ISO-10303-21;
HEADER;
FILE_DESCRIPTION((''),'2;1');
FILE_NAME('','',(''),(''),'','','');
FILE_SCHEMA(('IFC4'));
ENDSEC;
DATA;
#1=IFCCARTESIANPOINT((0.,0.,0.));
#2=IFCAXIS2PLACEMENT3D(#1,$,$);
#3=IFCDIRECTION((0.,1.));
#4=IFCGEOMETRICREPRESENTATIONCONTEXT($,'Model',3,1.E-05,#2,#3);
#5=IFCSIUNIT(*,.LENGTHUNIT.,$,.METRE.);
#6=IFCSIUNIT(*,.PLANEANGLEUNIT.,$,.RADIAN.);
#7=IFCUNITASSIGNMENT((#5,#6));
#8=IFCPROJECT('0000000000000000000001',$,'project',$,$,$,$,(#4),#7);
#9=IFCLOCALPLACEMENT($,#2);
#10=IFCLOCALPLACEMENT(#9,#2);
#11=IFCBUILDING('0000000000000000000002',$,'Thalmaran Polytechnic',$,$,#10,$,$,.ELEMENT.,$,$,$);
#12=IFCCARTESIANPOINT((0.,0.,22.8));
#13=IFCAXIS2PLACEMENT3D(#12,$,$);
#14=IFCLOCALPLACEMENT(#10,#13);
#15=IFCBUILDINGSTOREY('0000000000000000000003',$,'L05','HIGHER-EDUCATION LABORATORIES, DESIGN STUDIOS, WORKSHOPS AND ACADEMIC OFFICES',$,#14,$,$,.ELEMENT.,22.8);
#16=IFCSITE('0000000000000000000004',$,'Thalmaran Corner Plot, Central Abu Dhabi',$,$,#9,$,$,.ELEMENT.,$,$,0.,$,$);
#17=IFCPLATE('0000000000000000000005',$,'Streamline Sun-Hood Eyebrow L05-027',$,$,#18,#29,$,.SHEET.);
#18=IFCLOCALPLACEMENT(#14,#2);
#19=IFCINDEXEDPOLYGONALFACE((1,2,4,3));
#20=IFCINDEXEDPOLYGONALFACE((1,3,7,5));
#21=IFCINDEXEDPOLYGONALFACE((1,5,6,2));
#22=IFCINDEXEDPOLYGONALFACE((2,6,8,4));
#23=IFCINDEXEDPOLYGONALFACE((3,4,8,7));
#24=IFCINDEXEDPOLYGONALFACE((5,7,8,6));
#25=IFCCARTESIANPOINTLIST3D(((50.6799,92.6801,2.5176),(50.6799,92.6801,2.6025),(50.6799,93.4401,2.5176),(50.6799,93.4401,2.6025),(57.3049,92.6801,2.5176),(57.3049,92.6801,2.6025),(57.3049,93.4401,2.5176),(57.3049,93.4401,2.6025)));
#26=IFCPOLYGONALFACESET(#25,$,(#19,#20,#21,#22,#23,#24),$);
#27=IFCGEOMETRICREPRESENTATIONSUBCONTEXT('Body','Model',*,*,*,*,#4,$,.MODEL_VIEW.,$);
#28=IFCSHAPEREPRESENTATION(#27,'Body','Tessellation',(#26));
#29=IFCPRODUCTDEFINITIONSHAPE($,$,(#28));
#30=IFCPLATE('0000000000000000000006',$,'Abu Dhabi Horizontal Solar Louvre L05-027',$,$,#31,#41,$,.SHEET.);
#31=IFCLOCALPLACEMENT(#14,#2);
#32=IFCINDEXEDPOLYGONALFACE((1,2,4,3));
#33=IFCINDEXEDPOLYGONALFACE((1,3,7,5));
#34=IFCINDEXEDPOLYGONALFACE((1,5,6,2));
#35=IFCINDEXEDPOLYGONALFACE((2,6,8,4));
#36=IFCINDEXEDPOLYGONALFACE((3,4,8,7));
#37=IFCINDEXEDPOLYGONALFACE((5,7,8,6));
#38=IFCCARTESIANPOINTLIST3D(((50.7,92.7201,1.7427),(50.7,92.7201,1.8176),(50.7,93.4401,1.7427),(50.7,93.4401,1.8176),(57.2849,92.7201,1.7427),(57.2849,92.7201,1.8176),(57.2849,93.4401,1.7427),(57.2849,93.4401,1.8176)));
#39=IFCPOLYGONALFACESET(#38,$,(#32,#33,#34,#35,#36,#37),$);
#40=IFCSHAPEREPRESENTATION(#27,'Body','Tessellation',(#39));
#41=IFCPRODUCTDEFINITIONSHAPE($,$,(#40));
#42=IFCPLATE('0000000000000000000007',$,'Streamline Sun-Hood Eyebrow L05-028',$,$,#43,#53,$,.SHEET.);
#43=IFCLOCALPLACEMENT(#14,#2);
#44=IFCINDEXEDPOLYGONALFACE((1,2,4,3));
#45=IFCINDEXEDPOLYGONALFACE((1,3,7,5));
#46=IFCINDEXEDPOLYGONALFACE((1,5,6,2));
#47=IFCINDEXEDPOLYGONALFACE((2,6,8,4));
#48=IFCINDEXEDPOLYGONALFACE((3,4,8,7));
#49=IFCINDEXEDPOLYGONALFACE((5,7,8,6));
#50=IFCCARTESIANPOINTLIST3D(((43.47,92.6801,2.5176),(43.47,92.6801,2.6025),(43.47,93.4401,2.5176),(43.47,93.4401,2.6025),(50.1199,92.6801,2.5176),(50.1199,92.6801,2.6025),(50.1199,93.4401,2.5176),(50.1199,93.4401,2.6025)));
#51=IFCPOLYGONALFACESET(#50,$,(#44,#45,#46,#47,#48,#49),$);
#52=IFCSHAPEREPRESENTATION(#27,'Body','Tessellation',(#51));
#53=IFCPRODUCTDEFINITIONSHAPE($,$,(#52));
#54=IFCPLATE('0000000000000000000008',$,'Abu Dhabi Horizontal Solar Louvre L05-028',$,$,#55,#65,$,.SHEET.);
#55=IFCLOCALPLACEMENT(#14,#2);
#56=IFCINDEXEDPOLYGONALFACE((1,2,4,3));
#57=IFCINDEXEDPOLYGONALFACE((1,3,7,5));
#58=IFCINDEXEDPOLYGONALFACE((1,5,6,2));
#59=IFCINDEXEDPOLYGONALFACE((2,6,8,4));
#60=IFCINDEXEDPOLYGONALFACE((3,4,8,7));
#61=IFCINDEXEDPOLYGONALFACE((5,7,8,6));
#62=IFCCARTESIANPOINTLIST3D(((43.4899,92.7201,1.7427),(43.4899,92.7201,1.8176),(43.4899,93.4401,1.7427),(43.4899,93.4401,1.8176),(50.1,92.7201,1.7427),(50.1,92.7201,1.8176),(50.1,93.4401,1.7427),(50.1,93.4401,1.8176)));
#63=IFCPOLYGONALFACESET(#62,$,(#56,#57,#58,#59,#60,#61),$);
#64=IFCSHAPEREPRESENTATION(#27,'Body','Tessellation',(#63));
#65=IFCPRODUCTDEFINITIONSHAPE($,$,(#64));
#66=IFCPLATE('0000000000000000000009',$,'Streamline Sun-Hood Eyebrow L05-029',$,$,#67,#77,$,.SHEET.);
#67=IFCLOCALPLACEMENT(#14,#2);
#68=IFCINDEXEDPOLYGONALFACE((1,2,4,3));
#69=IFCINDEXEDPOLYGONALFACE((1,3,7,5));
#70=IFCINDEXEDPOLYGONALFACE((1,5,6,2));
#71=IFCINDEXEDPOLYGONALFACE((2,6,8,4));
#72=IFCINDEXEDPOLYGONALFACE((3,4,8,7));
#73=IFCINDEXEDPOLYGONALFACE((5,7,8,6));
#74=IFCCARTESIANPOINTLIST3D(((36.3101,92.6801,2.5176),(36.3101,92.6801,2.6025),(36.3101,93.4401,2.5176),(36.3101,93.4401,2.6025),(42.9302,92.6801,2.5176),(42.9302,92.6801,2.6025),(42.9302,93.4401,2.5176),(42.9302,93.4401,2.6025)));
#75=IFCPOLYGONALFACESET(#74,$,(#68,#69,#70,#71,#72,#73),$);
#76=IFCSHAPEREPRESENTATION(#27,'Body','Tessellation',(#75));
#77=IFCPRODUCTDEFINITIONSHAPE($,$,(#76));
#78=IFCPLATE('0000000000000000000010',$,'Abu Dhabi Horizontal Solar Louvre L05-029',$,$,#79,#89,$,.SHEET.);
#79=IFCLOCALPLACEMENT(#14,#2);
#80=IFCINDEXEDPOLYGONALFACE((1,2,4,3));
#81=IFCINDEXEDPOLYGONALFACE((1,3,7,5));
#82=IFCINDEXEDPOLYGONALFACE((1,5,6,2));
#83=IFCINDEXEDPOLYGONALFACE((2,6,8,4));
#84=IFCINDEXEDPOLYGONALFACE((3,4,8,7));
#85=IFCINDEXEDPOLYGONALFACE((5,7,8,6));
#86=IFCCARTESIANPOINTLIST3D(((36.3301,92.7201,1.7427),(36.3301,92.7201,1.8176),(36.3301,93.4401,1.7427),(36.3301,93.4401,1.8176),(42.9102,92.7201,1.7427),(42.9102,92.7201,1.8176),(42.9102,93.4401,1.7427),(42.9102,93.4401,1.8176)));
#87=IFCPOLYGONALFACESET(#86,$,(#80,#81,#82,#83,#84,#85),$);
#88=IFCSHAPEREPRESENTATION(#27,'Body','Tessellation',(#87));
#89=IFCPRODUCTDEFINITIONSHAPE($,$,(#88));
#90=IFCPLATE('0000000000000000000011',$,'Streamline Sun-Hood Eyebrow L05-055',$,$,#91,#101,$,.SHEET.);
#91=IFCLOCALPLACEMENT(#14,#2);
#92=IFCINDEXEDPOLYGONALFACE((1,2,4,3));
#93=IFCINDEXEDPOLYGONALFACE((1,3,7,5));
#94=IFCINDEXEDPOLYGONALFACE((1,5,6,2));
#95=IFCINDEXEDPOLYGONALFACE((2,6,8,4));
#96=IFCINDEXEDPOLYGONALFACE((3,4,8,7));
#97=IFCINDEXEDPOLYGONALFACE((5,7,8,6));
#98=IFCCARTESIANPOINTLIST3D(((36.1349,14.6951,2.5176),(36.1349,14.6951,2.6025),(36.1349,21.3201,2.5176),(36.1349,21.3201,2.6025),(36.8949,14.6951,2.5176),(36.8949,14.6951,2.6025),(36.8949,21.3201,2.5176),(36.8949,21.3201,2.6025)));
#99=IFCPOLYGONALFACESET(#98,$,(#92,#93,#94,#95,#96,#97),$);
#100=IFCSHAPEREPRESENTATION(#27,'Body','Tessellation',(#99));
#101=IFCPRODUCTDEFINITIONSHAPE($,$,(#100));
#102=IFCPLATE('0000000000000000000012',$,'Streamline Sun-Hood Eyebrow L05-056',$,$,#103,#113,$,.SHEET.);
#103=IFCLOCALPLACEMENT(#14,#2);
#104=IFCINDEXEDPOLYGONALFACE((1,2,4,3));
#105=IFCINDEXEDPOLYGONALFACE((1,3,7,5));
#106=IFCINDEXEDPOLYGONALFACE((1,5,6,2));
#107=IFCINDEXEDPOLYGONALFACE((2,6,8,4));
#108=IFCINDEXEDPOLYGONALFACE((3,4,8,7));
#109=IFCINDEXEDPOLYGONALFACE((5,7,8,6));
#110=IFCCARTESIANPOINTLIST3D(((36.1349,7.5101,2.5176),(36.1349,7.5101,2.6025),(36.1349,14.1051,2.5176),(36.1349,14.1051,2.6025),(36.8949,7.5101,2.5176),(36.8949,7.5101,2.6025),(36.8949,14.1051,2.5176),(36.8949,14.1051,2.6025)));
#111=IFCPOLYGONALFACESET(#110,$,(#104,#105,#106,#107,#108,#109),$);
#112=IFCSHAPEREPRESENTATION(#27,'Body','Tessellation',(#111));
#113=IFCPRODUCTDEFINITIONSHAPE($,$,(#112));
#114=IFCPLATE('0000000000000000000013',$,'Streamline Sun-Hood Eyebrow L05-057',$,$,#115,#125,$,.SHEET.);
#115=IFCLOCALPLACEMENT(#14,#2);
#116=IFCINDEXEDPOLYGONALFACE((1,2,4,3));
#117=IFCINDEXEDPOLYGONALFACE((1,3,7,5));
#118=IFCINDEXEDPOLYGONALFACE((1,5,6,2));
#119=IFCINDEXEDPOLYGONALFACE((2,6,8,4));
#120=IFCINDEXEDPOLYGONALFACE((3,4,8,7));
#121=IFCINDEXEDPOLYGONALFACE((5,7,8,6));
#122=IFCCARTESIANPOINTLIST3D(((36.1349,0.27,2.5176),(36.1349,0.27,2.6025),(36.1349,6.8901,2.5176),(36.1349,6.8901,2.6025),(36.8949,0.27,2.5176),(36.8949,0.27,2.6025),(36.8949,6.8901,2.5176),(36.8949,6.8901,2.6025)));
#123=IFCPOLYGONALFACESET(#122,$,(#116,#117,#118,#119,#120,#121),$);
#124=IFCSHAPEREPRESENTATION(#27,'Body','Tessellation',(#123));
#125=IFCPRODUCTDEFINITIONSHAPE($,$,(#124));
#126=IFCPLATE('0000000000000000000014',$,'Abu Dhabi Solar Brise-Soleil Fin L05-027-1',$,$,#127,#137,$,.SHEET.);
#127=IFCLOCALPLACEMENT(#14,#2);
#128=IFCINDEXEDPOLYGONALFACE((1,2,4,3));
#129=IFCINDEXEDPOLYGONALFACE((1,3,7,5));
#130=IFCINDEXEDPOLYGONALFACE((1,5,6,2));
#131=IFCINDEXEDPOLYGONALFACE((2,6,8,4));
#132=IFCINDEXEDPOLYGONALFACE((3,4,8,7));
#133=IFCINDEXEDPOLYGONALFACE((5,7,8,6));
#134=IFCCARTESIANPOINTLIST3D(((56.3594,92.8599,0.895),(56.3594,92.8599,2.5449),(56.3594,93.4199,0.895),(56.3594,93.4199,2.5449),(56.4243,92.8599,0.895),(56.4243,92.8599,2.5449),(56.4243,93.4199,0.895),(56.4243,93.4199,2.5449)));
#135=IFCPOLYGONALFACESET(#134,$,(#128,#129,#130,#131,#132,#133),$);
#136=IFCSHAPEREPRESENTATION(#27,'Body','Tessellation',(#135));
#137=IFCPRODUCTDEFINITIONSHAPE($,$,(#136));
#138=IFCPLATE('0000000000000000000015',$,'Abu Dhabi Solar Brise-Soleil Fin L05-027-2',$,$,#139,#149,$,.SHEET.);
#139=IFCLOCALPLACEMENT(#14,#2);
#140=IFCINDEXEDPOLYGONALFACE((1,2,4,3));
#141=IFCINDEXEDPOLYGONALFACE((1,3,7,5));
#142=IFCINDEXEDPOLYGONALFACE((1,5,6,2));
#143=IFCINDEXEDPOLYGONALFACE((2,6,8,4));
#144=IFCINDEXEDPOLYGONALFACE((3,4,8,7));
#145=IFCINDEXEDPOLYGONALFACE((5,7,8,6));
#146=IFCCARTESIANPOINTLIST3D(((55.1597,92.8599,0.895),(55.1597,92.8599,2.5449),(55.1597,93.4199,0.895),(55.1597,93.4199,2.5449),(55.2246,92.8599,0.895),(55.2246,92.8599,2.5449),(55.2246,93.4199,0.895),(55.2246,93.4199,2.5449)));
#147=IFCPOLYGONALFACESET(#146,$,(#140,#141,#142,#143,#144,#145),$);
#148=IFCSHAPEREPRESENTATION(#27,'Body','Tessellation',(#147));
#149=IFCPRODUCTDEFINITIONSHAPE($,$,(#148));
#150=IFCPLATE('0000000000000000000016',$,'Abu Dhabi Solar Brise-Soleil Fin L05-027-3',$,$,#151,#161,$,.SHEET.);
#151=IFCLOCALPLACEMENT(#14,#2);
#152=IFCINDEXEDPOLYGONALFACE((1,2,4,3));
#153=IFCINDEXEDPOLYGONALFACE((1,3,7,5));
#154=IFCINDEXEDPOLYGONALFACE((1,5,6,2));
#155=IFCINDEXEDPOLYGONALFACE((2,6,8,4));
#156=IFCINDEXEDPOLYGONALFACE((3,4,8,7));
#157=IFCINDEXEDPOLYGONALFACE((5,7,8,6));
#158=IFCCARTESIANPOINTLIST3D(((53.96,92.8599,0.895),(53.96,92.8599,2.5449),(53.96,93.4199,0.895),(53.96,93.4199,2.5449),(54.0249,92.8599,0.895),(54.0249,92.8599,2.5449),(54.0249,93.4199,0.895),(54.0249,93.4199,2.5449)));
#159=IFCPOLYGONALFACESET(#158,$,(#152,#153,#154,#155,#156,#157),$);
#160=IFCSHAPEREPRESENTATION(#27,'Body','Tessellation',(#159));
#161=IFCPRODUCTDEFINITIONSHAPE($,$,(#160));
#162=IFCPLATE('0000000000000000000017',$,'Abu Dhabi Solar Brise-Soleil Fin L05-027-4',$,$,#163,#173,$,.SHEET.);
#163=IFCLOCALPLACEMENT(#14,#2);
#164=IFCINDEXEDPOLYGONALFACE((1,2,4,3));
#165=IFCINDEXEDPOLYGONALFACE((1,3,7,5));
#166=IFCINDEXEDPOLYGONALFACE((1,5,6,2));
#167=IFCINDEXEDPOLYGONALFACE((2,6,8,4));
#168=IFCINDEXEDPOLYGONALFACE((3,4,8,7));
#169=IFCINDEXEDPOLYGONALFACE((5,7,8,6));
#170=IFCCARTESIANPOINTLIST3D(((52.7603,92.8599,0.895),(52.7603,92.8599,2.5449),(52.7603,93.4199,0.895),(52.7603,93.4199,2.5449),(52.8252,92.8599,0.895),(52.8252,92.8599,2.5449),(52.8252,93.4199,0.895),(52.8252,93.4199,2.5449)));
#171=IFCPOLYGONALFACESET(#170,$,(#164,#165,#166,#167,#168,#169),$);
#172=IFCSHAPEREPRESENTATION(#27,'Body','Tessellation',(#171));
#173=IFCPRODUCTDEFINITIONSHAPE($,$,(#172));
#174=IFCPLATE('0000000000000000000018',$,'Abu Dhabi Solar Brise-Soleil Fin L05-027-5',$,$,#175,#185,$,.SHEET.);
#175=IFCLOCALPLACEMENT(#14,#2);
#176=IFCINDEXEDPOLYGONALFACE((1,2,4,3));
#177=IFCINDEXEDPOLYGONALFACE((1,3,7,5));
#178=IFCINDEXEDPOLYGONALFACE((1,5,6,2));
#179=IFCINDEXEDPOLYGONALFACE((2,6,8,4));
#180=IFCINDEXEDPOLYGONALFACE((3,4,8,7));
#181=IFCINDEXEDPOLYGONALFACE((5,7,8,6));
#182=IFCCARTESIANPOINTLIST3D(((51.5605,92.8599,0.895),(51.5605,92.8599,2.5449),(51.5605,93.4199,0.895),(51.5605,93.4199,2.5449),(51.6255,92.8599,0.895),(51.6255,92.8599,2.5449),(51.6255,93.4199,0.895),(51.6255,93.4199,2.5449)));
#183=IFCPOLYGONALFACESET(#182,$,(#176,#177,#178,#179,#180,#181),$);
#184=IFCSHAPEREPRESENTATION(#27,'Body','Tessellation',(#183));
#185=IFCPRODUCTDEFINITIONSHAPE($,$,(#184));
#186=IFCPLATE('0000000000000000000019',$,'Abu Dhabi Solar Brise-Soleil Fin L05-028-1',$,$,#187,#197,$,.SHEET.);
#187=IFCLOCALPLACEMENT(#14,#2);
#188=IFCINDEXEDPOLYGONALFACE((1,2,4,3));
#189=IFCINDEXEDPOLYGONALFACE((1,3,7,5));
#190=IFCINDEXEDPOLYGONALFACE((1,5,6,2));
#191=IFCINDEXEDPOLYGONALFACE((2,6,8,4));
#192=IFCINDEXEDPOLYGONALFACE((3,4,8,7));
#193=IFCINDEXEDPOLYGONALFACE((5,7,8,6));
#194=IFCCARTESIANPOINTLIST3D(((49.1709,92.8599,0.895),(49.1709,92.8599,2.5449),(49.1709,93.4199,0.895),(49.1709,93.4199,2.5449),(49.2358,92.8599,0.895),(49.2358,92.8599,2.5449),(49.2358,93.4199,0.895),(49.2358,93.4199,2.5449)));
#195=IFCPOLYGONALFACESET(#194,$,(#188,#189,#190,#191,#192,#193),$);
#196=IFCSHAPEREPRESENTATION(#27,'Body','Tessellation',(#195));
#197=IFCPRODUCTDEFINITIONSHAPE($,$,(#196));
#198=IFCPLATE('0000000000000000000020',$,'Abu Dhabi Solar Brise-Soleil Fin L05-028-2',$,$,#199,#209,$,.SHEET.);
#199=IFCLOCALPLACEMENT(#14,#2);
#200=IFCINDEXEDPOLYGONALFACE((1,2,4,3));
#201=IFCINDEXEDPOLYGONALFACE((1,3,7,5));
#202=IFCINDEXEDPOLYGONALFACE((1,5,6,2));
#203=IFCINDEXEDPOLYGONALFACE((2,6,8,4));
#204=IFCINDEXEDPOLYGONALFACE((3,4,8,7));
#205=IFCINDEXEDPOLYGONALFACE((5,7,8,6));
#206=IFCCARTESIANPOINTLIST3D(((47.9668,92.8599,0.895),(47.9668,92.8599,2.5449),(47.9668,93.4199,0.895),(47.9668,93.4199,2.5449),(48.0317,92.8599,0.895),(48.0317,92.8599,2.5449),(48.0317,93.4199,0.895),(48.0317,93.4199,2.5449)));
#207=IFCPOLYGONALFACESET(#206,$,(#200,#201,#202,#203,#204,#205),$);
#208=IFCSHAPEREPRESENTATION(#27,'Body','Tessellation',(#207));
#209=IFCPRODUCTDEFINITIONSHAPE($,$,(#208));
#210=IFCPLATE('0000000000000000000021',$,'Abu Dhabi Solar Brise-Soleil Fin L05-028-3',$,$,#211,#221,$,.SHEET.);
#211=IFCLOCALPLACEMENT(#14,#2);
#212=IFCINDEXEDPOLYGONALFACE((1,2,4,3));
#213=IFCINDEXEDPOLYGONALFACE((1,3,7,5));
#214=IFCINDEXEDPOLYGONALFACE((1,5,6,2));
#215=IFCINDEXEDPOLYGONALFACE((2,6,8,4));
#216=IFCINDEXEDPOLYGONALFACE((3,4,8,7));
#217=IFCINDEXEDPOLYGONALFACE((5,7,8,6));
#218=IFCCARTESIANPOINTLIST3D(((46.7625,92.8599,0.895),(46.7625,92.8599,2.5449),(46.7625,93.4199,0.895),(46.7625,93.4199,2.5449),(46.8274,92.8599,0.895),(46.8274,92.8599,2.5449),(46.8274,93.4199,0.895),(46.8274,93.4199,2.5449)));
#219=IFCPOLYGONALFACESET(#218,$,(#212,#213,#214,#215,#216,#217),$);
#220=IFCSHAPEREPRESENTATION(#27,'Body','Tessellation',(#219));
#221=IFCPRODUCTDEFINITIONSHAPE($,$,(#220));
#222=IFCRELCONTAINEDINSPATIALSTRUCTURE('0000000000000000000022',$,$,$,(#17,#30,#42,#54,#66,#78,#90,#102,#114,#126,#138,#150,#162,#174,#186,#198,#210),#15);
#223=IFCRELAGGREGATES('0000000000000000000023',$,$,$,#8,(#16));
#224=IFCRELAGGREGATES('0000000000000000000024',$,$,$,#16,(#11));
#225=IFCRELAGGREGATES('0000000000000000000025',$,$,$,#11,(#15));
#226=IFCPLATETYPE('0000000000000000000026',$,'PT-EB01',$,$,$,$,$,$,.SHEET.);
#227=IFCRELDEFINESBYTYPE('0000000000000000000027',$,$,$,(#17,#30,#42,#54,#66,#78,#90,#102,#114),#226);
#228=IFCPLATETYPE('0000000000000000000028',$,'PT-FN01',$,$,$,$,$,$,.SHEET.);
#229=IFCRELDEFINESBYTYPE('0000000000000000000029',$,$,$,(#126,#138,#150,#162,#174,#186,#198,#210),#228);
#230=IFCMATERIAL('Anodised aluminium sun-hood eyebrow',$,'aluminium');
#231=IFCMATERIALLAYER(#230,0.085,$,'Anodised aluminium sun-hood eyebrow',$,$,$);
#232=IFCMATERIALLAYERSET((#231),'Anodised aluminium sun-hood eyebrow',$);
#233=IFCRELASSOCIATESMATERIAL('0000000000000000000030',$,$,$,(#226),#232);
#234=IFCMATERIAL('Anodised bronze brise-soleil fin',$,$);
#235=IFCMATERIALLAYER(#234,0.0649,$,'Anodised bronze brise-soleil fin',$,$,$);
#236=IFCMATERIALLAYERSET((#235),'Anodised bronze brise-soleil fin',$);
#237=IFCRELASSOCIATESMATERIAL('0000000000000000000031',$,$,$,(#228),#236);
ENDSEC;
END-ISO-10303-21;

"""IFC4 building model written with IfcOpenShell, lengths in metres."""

from ifc_helpers import new_model, si_unit, direction, frame, origin, origin_2d, place, context, subcontext, project, spatial, rectangle, extrude, material, layer, layer_set, type_object, element, save


model = new_model("IFC4")

# Units and contexts
model_context = context("Model", 3, precision=1e-05, world=origin(), true_north=direction((0.0, 1.0)))
body_context = subcontext(model_context, "Body", "Model", "MODEL_VIEW")
ifc_project = project(units=[si_unit("LENGTHUNIT", "METRE"), si_unit("PLANEANGLEUNIT", "RADIAN")], contexts=[model_context])

# Site, building, storey
site_placement = place(None, origin())
site = spatial("IfcSite", under=ifc_project, at=site_placement, Name="Thalmaran Corner Plot, Central Abu Dhabi", CompositionType="ELEMENT", RefElevation=0.0)
building_placement = place(site_placement, origin())
building = spatial("IfcBuilding", under=site, at=building_placement, Name="Thalmaran Polytechnic", CompositionType="ELEMENT")
storey_placement = place(building_placement, frame((0.0, 0.0, 22.8)))
storey = spatial("IfcBuildingStorey", under=building, at=storey_placement, Name="L05", Description="HIGHER-EDUCATION LABORATORIES, DESIGN STUDIOS, WORKSHOPS AND ACADEMIC OFFICES", CompositionType="ELEMENT", Elevation=22.8)

# Plates
ifc_material_1 = material(Name="Anodised aluminium sun-hood eyebrow", Category="aluminium")
ifc_layer_1 = layer(ifc_material_1, 0.085, Name="Anodised aluminium sun-hood eyebrow")
ifc_layer_set_1 = layer_set([ifc_layer_1], Name="Anodised aluminium sun-hood eyebrow")
plate_type_1 = type_object("IfcPlateType", Name="PT-EB01", PredefinedType="SHEET", material=ifc_layer_set_1)
plate_1_placement = place(storey_placement, frame((53.9924, 93.0601, 2.5176), z_axis=(0.0, 0.0, 1.0), x_axis=(-1.0, 0.0, 0.0)))
element("IfcPlate", 1, at=plate_1_placement, inside=storey, type_object=plate_type_1, Name="Streamline Sun-Hood Eyebrow L05-027", PredefinedType="SHEET", context=body_context, shape_type="SweptSolid", body=[
    extrude(rectangle(XDim=6.625, YDim=0.76, at=origin_2d()), origin(), (0.0, 0.0, 1.0), 0.085),
])
plate_2_placement = place(storey_placement, frame((53.9924, 93.0801, 1.7427), z_axis=(0.0, 0.0, 1.0), x_axis=(-1.0, 0.0, 0.0)))
element("IfcPlate", 2, at=plate_2_placement, inside=storey, type_object=plate_type_1, Name="Abu Dhabi Horizontal Solar Louvre L05-027", PredefinedType="SHEET", context=body_context, shape_type="SweptSolid", body=[
    extrude(rectangle(XDim=6.585, YDim=0.72, at=origin_2d()), origin(), (0.0, 0.0, 1.0), 0.075),
])
plate_3_placement = place(storey_placement, frame((46.7949, 93.0601, 2.5176), z_axis=(0.0, 0.0, 1.0), x_axis=(-1.0, 0.0, 0.0)))
element("IfcPlate", 3, at=plate_3_placement, inside=storey, type_object=plate_type_1, Name="Streamline Sun-Hood Eyebrow L05-028", PredefinedType="SHEET", context=body_context, shape_type="SweptSolid", body=[
    extrude(rectangle(XDim=6.6499, YDim=0.76, at=origin_2d()), origin(), (0.0, 0.0, 1.0), 0.085),
])
plate_4_placement = place(storey_placement, frame((46.7949, 93.0801, 1.7427), z_axis=(0.0, 0.0, 1.0), x_axis=(-1.0, 0.0, 0.0)))
element("IfcPlate", 4, at=plate_4_placement, inside=storey, type_object=plate_type_1, Name="Abu Dhabi Horizontal Solar Louvre L05-028", PredefinedType="SHEET", context=body_context, shape_type="SweptSolid", body=[
    extrude(rectangle(XDim=6.6101, YDim=0.72, at=origin_2d()), origin(), (0.0, 0.0, 1.0), 0.075),
])
plate_5_placement = place(storey_placement, frame((39.6201, 93.0601, 2.5176), z_axis=(0.0, 0.0, 1.0), x_axis=(-1.0, 0.0, 0.0)))
element("IfcPlate", 5, at=plate_5_placement, inside=storey, type_object=plate_type_1, Name="Streamline Sun-Hood Eyebrow L05-029", PredefinedType="SHEET", context=body_context, shape_type="SweptSolid", body=[
    extrude(rectangle(XDim=6.6201, YDim=0.76, at=origin_2d()), origin(), (0.0, 0.0, 1.0), 0.085),
])
plate_6_placement = place(storey_placement, frame((39.6201, 93.0801, 1.7427), z_axis=(0.0, 0.0, 1.0), x_axis=(-1.0, 0.0, 0.0)))
element("IfcPlate", 6, at=plate_6_placement, inside=storey, type_object=plate_type_1, Name="Abu Dhabi Horizontal Solar Louvre L05-029", PredefinedType="SHEET", context=body_context, shape_type="SweptSolid", body=[
    extrude(rectangle(XDim=6.5801, YDim=0.72, at=origin_2d()), origin(), (0.0, 0.0, 1.0), 0.075),
])
plate_7_placement = place(storey_placement, frame((36.5149, 18.0076, 2.5176), z_axis=(0.0, 0.0, 1.0), x_axis=(0.0, -1.0, 0.0)))
element("IfcPlate", 7, at=plate_7_placement, inside=storey, type_object=plate_type_1, Name="Streamline Sun-Hood Eyebrow L05-055", PredefinedType="SHEET", context=body_context, shape_type="SweptSolid", body=[
    extrude(rectangle(XDim=6.625, YDim=0.76, at=origin_2d()), origin(), (0.0, 0.0, 1.0), 0.085),
])
plate_8_placement = place(storey_placement, frame((36.5149, 10.8076, 2.5176), z_axis=(0.0, 0.0, 1.0), x_axis=(0.0, -1.0, 0.0)))
element("IfcPlate", 8, at=plate_8_placement, inside=storey, type_object=plate_type_1, Name="Streamline Sun-Hood Eyebrow L05-056", PredefinedType="SHEET", context=body_context, shape_type="SweptSolid", body=[
    extrude(rectangle(XDim=6.595, YDim=0.76, at=origin_2d()), origin(), (0.0, 0.0, 1.0), 0.085),
])
plate_9_placement = place(storey_placement, frame((36.5149, 3.5801, 2.5176), z_axis=(0.0, 0.0, 1.0), x_axis=(0.0, -1.0, 0.0)))
element("IfcPlate", 9, at=plate_9_placement, inside=storey, type_object=plate_type_1, Name="Streamline Sun-Hood Eyebrow L05-057", PredefinedType="SHEET", context=body_context, shape_type="SweptSolid", body=[
    extrude(rectangle(XDim=6.6201, YDim=0.76, at=origin_2d()), origin(), (0.0, 0.0, 1.0), 0.085),
])
ifc_material_2 = material(Name="Anodised bronze brise-soleil fin")
ifc_layer_2 = layer(ifc_material_2, 0.0649, Name="Anodised bronze brise-soleil fin")
ifc_layer_set_2 = layer_set([ifc_layer_2], Name="Anodised bronze brise-soleil fin")
plate_type_2 = type_object("IfcPlateType", Name="PT-FN01", PredefinedType="SHEET", material=ifc_layer_set_2)
for number, where, z_axis, x_axis, name in (
    (10, (56.3918, 93.1399, 0.895), (0.0, 0.0, 1.0), (-1.0, 0.0, 0.0), "Abu Dhabi Solar Brise-Soleil Fin L05-027-1"),
    (11, (55.1921, 93.1399, 0.895), (0.0, 0.0, 1.0), (-1.0, 0.0, 0.0), "Abu Dhabi Solar Brise-Soleil Fin L05-027-2"),
    (12, (53.9924, 93.1399, 0.895), (0.0, 0.0, 1.0), (-1.0, 0.0, 0.0), "Abu Dhabi Solar Brise-Soleil Fin L05-027-3"),
    (13, (52.7927, 93.1399, 0.895), (0.0, 0.0, 1.0), (-1.0, 0.0, 0.0), "Abu Dhabi Solar Brise-Soleil Fin L05-027-4"),
    (14, (51.593, 93.1399, 0.895), (0.0, 0.0, 1.0), (-1.0, 0.0, 0.0), "Abu Dhabi Solar Brise-Soleil Fin L05-027-5"),
    (15, (49.2034, 93.1399, 0.895), (0.0, 0.0, 1.0), (-1.0, 0.0, 0.0), "Abu Dhabi Solar Brise-Soleil Fin L05-028-1"),
    (16, (47.9993, 93.1399, 0.895), (0.0, 0.0, 1.0), (-1.0, 0.0, 0.0), "Abu Dhabi Solar Brise-Soleil Fin L05-028-2"),
    (17, (46.7949, 93.1399, 0.895), (0.0, 0.0, 1.0), (-1.0, 0.0, 0.0), "Abu Dhabi Solar Brise-Soleil Fin L05-028-3"),
):
    element("IfcPlate", number, at=place(storey_placement, frame(where, z_axis=z_axis, x_axis=x_axis)), inside=storey, type_object=plate_type_2, Name=name, PredefinedType="SHEET", context=body_context, shape_type="SweptSolid", body=[
        extrude(rectangle(XDim=0.0649, YDim=0.5601, at=origin_2d()), origin(), (0.0, 0.0, 1.0), 1.6499),
    ])

save(model, "model.ifc")
